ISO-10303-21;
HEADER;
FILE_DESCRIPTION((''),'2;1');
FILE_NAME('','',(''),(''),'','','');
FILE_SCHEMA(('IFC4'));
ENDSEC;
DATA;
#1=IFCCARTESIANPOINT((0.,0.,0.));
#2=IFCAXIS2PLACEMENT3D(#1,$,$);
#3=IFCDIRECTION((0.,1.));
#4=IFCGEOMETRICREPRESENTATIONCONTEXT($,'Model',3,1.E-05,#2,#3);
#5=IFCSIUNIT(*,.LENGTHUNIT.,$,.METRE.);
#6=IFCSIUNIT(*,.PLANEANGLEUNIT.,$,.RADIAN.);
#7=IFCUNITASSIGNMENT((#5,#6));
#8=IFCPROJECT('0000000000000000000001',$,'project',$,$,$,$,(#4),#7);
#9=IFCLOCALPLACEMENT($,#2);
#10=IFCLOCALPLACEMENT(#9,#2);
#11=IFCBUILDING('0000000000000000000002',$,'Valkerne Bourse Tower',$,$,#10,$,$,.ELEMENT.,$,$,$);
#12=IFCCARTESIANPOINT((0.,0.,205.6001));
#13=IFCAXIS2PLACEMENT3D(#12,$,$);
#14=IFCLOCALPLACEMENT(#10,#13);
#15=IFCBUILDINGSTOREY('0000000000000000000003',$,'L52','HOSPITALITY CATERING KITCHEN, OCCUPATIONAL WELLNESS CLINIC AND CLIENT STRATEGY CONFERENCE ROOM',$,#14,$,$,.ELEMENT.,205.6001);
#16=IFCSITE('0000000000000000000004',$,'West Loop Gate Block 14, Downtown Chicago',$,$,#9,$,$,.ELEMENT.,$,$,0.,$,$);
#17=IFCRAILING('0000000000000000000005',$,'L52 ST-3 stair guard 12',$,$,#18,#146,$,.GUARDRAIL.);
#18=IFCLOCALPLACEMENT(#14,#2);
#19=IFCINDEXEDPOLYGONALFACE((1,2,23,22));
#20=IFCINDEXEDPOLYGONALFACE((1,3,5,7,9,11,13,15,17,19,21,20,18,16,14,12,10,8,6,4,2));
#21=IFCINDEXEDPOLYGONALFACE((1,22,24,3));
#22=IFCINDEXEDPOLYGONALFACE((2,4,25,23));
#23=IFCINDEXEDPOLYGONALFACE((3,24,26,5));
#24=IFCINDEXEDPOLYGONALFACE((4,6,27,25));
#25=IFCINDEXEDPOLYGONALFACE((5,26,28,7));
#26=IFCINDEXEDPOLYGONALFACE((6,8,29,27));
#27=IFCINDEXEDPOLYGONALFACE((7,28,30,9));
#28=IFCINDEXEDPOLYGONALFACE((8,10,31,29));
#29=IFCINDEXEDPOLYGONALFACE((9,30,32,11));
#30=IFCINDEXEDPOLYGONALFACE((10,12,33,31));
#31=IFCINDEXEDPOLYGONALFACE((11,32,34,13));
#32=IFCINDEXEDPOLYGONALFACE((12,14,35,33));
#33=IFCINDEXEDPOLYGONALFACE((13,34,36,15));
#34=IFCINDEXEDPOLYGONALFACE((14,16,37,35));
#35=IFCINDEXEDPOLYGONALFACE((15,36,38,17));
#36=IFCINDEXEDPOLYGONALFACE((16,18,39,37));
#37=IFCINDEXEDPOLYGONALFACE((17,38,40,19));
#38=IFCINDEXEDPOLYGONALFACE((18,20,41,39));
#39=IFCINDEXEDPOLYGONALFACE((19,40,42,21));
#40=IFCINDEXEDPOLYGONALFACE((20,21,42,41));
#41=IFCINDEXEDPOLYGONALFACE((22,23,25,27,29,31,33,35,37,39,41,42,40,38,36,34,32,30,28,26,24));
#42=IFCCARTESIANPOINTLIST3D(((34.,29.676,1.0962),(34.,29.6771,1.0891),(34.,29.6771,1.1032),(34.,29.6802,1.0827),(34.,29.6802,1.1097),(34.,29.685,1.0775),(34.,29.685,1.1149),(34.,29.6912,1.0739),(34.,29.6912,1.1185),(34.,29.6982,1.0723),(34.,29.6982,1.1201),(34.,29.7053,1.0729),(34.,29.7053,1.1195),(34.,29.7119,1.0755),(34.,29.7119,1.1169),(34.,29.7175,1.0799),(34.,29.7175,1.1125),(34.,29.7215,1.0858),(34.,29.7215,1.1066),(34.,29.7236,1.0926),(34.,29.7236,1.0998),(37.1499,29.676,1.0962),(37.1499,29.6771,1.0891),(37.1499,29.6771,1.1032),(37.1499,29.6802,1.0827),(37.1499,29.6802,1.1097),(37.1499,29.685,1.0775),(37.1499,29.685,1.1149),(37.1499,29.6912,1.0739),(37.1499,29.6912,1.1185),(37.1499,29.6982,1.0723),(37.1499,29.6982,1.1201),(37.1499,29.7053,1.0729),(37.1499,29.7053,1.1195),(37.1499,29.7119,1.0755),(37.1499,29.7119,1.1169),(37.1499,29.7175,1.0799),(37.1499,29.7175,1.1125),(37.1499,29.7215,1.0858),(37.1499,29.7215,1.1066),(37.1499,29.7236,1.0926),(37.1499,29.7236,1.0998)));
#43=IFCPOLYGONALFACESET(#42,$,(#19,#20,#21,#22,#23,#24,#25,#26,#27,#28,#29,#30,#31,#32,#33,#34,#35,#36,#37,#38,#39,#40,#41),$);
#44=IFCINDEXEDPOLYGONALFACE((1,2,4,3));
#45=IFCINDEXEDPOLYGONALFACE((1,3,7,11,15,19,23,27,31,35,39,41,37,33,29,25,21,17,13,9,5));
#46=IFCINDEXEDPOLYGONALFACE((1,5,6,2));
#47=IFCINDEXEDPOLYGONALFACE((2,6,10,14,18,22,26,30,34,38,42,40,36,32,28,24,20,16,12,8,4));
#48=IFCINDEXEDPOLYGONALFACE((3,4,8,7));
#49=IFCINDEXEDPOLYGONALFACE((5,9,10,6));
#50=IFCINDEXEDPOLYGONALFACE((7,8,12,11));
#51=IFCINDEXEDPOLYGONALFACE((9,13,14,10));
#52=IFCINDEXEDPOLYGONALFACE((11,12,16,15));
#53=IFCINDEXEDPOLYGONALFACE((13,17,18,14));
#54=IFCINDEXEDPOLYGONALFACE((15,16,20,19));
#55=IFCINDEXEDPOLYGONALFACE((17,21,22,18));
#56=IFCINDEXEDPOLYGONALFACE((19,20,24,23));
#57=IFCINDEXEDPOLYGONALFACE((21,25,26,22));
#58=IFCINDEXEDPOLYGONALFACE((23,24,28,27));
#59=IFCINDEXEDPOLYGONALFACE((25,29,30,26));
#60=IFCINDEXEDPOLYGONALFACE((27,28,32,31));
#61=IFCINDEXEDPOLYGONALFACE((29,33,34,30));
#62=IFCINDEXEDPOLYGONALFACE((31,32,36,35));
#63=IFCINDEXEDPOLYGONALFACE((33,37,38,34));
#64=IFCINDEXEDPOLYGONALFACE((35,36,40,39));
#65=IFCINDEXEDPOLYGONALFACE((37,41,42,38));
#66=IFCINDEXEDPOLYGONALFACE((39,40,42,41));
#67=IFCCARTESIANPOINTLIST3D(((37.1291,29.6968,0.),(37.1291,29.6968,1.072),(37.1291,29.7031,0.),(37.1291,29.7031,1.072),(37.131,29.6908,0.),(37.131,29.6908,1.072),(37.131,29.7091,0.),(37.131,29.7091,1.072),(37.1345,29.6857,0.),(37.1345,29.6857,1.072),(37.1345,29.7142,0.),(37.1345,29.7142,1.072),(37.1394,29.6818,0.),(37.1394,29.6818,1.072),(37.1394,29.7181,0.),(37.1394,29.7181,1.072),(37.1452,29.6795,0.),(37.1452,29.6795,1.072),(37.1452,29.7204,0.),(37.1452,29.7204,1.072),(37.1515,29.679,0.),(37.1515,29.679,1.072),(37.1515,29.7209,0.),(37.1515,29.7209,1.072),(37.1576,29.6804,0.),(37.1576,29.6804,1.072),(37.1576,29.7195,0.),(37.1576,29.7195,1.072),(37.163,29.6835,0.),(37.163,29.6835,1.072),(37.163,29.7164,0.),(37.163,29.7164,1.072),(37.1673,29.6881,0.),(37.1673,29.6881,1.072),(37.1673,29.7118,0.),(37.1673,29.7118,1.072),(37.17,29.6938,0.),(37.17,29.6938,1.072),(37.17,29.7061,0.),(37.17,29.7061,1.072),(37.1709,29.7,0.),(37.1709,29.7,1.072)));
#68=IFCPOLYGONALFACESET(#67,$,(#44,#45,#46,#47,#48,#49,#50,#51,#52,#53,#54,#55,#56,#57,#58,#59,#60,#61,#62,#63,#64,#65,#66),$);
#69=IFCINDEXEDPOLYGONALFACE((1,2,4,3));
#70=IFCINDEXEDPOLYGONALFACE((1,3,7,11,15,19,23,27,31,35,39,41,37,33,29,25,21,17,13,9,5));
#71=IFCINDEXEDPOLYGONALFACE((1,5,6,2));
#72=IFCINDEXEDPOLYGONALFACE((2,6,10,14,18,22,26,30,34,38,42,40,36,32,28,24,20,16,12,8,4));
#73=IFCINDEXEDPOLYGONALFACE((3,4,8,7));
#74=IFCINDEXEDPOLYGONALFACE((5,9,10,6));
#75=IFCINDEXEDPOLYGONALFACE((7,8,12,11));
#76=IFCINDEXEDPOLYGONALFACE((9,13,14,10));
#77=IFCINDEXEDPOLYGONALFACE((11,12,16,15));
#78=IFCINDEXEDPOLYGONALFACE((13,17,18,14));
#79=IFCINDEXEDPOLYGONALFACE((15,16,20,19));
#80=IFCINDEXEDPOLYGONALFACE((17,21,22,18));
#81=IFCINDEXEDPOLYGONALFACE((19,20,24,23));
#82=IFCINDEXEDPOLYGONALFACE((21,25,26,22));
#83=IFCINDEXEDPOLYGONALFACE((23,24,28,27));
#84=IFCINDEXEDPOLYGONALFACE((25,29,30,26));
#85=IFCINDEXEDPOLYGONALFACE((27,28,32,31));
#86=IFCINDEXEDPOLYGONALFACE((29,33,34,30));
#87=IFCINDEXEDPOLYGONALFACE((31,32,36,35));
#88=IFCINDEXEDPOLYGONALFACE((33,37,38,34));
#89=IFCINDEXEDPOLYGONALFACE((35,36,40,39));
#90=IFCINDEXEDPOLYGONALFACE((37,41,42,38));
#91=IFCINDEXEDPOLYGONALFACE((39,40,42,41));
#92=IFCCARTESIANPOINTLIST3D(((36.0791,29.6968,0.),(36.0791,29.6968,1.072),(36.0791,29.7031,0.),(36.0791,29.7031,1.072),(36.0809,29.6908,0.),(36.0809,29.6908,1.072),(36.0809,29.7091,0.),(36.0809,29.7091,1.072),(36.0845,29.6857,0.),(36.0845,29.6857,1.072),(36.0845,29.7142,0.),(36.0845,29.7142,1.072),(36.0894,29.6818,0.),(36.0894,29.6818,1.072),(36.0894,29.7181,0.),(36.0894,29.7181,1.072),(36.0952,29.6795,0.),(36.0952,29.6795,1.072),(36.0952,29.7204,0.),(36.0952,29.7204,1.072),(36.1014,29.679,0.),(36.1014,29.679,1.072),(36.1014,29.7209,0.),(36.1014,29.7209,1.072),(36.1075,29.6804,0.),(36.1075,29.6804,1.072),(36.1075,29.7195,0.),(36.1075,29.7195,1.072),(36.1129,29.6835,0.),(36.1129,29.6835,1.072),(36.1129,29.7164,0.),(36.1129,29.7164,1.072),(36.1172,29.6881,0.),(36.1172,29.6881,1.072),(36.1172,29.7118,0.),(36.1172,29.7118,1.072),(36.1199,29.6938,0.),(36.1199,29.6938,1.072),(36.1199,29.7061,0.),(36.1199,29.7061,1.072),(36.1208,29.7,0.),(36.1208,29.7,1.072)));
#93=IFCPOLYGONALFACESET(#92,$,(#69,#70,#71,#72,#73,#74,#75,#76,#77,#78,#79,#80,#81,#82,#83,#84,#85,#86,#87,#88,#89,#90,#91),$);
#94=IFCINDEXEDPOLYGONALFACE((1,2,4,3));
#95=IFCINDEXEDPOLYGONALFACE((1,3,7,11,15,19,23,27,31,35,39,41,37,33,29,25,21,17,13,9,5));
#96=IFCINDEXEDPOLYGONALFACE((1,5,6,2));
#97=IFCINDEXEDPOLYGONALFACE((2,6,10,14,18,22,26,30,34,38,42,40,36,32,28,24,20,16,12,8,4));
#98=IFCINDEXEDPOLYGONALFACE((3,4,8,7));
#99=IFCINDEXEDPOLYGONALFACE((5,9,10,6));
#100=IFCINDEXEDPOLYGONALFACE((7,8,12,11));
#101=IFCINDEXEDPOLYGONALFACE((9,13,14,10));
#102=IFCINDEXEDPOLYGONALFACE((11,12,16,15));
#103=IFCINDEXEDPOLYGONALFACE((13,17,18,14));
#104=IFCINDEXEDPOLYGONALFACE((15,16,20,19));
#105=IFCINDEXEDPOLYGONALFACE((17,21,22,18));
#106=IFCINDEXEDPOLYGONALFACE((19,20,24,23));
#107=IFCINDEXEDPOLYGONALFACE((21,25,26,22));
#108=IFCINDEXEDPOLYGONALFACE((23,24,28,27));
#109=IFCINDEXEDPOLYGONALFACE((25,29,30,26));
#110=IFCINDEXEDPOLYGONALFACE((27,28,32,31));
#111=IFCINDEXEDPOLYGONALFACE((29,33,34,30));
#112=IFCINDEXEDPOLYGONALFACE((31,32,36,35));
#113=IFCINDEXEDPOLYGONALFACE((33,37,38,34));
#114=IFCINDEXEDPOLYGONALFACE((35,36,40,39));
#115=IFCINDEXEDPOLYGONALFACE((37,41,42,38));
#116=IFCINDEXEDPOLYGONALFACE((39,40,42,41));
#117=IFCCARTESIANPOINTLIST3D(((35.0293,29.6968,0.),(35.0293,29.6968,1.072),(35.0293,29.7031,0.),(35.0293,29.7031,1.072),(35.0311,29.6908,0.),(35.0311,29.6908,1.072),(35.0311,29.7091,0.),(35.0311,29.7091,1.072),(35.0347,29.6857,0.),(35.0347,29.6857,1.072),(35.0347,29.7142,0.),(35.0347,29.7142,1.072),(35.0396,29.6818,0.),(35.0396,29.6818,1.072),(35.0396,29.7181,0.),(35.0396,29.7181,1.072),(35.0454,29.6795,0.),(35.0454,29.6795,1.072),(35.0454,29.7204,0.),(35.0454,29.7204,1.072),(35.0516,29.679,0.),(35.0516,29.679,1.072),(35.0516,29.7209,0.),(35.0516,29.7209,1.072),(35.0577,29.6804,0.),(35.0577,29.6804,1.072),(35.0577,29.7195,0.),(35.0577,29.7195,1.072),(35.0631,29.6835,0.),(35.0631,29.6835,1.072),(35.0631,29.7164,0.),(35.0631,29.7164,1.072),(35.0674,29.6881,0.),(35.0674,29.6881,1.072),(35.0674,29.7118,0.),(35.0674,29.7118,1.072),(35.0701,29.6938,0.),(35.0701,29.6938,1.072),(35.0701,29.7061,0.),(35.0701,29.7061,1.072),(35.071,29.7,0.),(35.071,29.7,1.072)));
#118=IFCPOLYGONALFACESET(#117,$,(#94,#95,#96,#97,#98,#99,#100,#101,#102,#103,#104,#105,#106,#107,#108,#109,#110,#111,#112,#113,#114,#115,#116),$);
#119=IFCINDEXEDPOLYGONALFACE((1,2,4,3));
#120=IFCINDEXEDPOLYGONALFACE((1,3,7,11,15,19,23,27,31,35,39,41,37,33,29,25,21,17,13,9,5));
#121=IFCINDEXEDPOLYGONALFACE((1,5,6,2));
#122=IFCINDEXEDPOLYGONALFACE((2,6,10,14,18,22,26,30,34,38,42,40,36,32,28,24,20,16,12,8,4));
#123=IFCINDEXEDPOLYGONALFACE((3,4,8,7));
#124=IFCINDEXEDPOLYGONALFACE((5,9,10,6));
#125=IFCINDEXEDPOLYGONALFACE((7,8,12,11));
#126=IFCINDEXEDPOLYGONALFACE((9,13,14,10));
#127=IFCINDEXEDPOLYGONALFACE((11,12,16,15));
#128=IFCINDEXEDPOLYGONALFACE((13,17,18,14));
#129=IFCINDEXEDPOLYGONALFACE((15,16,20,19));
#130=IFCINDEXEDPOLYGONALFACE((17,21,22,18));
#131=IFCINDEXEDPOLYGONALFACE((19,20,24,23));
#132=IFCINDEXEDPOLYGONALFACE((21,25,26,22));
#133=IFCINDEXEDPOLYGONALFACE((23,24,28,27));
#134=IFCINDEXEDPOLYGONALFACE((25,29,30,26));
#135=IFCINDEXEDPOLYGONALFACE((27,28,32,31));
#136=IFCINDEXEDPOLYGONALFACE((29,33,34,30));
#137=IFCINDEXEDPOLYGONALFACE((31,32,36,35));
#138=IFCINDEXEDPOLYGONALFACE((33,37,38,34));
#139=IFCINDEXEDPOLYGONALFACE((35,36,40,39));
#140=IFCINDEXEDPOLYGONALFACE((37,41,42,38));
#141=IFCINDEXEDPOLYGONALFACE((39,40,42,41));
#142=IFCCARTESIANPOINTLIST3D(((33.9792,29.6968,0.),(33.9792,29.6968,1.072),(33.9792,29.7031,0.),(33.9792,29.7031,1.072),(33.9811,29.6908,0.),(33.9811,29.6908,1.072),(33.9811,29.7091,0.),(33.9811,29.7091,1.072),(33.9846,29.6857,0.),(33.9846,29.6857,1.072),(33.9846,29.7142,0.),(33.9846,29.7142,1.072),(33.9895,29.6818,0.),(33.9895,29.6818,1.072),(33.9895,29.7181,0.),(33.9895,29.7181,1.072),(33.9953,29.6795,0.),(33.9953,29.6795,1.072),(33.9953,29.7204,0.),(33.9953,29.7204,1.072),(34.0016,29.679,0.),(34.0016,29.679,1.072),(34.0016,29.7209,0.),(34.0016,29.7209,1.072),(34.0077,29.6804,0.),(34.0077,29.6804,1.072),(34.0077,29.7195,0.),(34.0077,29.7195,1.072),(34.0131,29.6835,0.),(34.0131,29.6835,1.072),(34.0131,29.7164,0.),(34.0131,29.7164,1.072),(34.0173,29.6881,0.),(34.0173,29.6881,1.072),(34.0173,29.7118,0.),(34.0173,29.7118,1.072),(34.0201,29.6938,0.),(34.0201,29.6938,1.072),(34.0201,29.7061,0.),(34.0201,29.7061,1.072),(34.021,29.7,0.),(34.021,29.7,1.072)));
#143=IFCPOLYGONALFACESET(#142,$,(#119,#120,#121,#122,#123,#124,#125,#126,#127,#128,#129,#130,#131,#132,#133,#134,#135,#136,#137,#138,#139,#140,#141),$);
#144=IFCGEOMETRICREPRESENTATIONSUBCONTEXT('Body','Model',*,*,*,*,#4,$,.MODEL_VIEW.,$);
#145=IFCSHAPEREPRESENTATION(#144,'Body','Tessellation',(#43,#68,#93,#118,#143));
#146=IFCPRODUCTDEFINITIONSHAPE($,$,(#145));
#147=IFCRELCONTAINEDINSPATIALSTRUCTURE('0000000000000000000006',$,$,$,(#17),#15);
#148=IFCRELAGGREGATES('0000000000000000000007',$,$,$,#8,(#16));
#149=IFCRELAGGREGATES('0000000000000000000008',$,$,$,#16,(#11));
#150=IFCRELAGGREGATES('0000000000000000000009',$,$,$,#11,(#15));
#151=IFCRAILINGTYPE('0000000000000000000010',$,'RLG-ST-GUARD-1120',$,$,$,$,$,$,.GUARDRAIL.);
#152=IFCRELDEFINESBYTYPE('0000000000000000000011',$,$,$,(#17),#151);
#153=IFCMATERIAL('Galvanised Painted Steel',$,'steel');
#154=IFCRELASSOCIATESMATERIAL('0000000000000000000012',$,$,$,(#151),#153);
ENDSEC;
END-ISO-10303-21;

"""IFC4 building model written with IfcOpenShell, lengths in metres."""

from ifc_helpers import new_model, si_unit, direction, frame, origin, origin_2d, place, context, subcontext, project, spatial, circle, extrude, material, type_object, element, save


model = new_model("IFC4")

# Units and contexts
model_context = context("Model", 3, precision=1e-05, world=origin(), true_north=direction((0.0, 1.0)))
body_context = subcontext(model_context, "Body", "Model", "MODEL_VIEW")
ifc_project = project(units=[si_unit("LENGTHUNIT", "METRE"), si_unit("PLANEANGLEUNIT", "RADIAN")], contexts=[model_context])

# Site, building, storey
site_placement = place(None, origin())
site = spatial("IfcSite", under=ifc_project, at=site_placement, Name="West Loop Gate Block 14, Downtown Chicago", CompositionType="ELEMENT", RefElevation=0.0)
building_placement = place(site_placement, origin())
building = spatial("IfcBuilding", under=site, at=building_placement, Name="Valkerne Bourse Tower", CompositionType="ELEMENT")
storey_placement = place(building_placement, frame((0.0, 0.0, 205.6001)))
storey = spatial("IfcBuildingStorey", under=building, at=storey_placement, Name="L52", Description="HOSPITALITY CATERING KITCHEN, OCCUPATIONAL WELLNESS CLINIC AND CLIENT STRATEGY CONFERENCE ROOM", CompositionType="ELEMENT", Elevation=205.6001)

# Shared definitions
ifc_material_1 = material(Name="Galvanised Painted Steel", Category="steel")

# Railing
railing_type = type_object("IfcRailingType", Name="RLG-ST-GUARD-1120", PredefinedType="GUARDRAIL", material=ifc_material_1)
railing_1_placement = place(storey_placement, frame((37.1499, 29.7, 0.0)))
element("IfcRailing", 1, at=railing_1_placement, inside=storey, type_object=railing_type, Name="L52 ST-3 stair guard 12", PredefinedType="GUARDRAIL", context=body_context, shape_type="SweptSolid", body=[
    extrude(circle(Radius=0.0239, at=origin_2d()), frame((0.0, 0.0, 1.0962), z_axis=(-1.0, 0.0, 0.0), x_axis=(0.0, -1.0, 0.0)), (0.0, 0.0, 1.0), 3.1499),
    extrude(circle(Radius=0.021, at=origin_2d()), origin(), (0.0, 0.0, 1.0), 1.072),
    extrude(circle(Radius=0.021, at=origin_2d()), frame((-1.05, 0.0, 0.0)), (0.0, 0.0, 1.0), 1.072),
    extrude(circle(Radius=0.021, at=origin_2d()), frame((-2.0999, 0.0, 0.0)), (0.0, 0.0, 1.0), 1.072),
    extrude(circle(Radius=0.021, at=origin_2d()), frame((-3.1499, 0.0, 0.0)), (0.0, 0.0, 1.0), 1.072),
])

save(model, "model.ifc")
